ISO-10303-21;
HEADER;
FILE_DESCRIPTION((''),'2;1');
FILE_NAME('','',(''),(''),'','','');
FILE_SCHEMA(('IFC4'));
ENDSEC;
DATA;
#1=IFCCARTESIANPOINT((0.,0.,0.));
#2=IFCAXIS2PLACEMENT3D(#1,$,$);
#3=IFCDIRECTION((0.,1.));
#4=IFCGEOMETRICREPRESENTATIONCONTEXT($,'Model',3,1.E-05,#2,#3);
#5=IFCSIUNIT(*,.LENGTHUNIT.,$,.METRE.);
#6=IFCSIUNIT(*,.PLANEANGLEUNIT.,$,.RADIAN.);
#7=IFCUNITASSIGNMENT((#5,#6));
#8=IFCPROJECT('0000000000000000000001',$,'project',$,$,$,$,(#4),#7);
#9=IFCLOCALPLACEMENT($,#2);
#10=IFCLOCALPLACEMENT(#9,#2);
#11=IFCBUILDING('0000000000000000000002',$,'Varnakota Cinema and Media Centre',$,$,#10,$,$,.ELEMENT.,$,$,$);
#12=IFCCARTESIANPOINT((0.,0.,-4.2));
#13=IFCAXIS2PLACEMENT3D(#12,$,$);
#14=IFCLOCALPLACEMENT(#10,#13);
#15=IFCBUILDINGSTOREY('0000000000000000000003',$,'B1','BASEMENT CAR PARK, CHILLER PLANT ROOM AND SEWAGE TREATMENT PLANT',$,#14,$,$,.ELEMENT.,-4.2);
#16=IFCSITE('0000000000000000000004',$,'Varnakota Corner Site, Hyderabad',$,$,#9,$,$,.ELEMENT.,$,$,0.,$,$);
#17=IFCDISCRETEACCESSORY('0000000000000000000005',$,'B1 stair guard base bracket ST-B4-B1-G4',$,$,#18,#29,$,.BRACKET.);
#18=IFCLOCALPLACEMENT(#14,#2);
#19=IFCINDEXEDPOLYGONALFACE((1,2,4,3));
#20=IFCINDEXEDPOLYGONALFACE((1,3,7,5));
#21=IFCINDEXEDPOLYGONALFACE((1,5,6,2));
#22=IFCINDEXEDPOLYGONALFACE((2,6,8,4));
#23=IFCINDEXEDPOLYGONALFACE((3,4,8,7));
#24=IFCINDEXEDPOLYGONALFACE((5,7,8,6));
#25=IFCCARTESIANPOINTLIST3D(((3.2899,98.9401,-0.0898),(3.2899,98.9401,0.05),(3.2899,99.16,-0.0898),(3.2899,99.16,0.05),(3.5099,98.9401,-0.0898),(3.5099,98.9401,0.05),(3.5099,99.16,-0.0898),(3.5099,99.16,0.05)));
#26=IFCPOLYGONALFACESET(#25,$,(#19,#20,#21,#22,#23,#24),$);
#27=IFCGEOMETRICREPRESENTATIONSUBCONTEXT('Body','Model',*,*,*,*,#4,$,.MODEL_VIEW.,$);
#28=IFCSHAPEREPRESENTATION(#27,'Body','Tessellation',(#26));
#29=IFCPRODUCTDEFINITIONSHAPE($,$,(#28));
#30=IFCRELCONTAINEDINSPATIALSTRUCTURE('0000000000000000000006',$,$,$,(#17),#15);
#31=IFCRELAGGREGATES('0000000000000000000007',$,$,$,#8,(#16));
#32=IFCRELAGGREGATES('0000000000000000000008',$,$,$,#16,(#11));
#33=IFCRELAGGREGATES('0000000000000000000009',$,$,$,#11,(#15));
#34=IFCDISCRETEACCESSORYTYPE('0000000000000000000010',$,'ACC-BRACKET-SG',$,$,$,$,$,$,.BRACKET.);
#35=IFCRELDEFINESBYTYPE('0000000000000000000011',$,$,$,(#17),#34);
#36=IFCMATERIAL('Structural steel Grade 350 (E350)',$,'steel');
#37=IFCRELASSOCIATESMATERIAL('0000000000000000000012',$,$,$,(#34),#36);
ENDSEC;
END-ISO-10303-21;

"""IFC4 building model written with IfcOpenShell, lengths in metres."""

from ifc_helpers import new_model, si_unit, direction, frame, origin, origin_2d, place, context, subcontext, project, spatial, rectangle, extrude, material, type_object, element, save


model = new_model("IFC4")

# Units and contexts
model_context = context("Model", 3, precision=1e-05, world=origin(), true_north=direction((0.0, 1.0)))
body_context = subcontext(model_context, "Body", "Model", "MODEL_VIEW")
ifc_project = project(units=[si_unit("LENGTHUNIT", "METRE"), si_unit("PLANEANGLEUNIT", "RADIAN")], contexts=[model_context])

# Site, building, storey
site_placement = place(None, origin())
site = spatial("IfcSite", under=ifc_project, at=site_placement, Name="Varnakota Corner Site, Hyderabad", CompositionType="ELEMENT", RefElevation=0.0)
building_placement = place(site_placement, origin())
building = spatial("IfcBuilding", under=site, at=building_placement, Name="Varnakota Cinema and Media Centre", CompositionType="ELEMENT")
storey_placement = place(building_placement, frame((0.0, 0.0, -4.2)))
storey = spatial("IfcBuildingStorey", under=building, at=storey_placement, Name="B1", Description="BASEMENT CAR PARK, CHILLER PLANT ROOM AND SEWAGE TREATMENT PLANT", CompositionType="ELEMENT", Elevation=-4.2)

# Discrete accessory
ifc_material_1 = material(Name="Structural steel Grade 350 (E350)", Category="steel")
discrete_accessory_type = type_object("IfcDiscreteAccessoryType", Name="ACC-BRACKET-SG", PredefinedType="BRACKET", material=ifc_material_1)
for number, where, z_axis, x_axis, name in (
    (1, (3.3999, 99.05, -0.0898), (0.0, 0.0, 1.0), (1.0, 0.0, 0.0), "B1 stair guard base bracket ST-B4-B1-G4"),
):
    element("IfcDiscreteAccessory", number, at=place(storey_placement, frame(where, z_axis=z_axis, x_axis=x_axis)), inside=storey, type_object=discrete_accessory_type, Name=name, PredefinedType="BRACKET", context=body_context, shape_type="SweptSolid", body=[
        extrude(rectangle(XDim=0.22, YDim=0.22, at=origin_2d()), origin(), (0.0, 0.0, 1.0), 0.1399),
    ])

save(model, "model.ifc")
